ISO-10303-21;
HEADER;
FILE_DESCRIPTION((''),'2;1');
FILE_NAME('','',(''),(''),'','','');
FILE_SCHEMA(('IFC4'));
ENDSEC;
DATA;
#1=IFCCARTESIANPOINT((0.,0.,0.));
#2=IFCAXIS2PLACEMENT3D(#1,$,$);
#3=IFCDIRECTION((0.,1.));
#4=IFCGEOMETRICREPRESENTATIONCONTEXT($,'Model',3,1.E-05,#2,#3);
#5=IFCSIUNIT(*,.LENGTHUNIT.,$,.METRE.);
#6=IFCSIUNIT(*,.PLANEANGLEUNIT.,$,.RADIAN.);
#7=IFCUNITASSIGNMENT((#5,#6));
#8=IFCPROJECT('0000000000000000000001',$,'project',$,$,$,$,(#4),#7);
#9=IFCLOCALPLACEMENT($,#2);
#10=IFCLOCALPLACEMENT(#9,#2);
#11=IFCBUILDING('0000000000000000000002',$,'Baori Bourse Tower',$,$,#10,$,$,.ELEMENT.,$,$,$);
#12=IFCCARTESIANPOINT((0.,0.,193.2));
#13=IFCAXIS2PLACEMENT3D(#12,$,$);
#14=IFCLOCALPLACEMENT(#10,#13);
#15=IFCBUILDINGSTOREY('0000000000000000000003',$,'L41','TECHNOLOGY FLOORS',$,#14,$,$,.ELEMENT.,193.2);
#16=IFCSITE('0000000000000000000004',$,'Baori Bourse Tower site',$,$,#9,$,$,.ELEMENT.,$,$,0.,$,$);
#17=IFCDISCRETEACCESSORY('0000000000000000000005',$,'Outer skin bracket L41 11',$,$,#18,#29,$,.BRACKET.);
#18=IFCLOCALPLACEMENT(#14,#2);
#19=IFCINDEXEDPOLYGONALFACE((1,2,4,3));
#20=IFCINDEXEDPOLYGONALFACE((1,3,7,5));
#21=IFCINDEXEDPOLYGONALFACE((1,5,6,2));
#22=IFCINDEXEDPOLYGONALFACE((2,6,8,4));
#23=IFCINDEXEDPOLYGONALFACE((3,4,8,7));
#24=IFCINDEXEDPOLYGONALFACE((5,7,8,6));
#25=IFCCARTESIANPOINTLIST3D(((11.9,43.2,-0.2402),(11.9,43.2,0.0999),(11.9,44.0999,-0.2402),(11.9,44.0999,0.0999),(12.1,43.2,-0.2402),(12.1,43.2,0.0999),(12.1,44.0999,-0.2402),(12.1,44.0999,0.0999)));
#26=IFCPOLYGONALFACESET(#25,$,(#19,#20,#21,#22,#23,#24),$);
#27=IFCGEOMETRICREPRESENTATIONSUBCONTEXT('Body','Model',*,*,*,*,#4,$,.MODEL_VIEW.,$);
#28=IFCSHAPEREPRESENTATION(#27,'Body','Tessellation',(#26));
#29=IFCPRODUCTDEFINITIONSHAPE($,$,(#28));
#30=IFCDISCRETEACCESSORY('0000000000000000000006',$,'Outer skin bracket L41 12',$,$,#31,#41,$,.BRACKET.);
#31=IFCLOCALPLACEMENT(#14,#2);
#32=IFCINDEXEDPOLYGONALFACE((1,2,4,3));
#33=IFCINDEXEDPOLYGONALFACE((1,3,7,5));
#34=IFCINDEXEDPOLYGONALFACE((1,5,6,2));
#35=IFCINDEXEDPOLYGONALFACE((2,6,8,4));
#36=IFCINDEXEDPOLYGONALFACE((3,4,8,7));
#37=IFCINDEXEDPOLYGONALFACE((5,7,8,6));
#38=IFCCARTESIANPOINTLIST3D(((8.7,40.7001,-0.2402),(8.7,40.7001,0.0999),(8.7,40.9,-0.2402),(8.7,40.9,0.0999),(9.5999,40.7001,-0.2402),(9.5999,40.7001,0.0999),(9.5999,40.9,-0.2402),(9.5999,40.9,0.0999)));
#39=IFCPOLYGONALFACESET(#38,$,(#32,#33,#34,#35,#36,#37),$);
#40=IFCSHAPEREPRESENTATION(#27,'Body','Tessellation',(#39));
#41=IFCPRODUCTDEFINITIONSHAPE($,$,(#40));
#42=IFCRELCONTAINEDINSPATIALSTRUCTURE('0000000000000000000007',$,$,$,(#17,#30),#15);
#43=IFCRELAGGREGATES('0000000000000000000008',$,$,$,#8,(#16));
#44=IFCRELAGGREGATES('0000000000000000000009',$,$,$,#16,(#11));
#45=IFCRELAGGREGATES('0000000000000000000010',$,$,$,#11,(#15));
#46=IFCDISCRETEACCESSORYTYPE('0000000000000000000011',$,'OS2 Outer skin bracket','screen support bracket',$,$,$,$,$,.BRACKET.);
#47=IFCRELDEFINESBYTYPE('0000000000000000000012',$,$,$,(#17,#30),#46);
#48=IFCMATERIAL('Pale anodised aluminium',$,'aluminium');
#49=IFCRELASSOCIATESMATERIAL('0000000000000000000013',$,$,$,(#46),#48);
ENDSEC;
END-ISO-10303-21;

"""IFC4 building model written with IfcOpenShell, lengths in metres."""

from ifc_helpers import new_model, si_unit, direction, frame, origin, origin_2d, place, context, subcontext, project, spatial, rectangle, extrude, material, type_object, element, save


model = new_model("IFC4")

# Units and contexts
model_context = context("Model", 3, precision=1e-05, world=origin(), true_north=direction((0.0, 1.0)))
body_context = subcontext(model_context, "Body", "Model", "MODEL_VIEW")
ifc_project = project(units=[si_unit("LENGTHUNIT", "METRE"), si_unit("PLANEANGLEUNIT", "RADIAN")], contexts=[model_context])

# Site, building, storey
site_placement = place(None, origin())
site = spatial("IfcSite", under=ifc_project, at=site_placement, Name="Baori Bourse Tower site", CompositionType="ELEMENT", RefElevation=0.0)
building_placement = place(site_placement, origin())
building = spatial("IfcBuilding", under=site, at=building_placement, Name="Baori Bourse Tower", CompositionType="ELEMENT")
storey_placement = place(building_placement, frame((0.0, 0.0, 193.2)))
storey = spatial("IfcBuildingStorey", under=building, at=storey_placement, Name="L41", Description="TECHNOLOGY FLOORS", CompositionType="ELEMENT", Elevation=193.2)

# Discrete accessories
ifc_material_1 = material(Name="Pale anodised aluminium", Category="aluminium")
discrete_accessory_type = type_object("IfcDiscreteAccessoryType", Name="OS2 Outer skin bracket", Description="screen support bracket", PredefinedType="BRACKET", material=ifc_material_1)
for number, where, z_axis, x_axis, name in (
    (1, (12.0, 43.6499, -0.2402), (0.0, 0.0, 1.0), (-1.0, 0.0, 0.0), "Outer skin bracket L41 11"),
    (2, (9.1499, 40.8, -0.2402), (0.0, 0.0, 1.0), (0.0, -1.0, 0.0), "Outer skin bracket L41 12"),
):
    element("IfcDiscreteAccessory", number, at=place(storey_placement, frame(where, z_axis=z_axis, x_axis=x_axis)), inside=storey, type_object=discrete_accessory_type, Name=name, PredefinedType="BRACKET", context=body_context, shape_type="SweptSolid", body=[
        extrude(rectangle(XDim=0.2, YDim=0.8999, at=origin_2d()), origin(), (0.0, 0.0, 1.0), 0.3401),
    ])

save(model, "model.ifc")
